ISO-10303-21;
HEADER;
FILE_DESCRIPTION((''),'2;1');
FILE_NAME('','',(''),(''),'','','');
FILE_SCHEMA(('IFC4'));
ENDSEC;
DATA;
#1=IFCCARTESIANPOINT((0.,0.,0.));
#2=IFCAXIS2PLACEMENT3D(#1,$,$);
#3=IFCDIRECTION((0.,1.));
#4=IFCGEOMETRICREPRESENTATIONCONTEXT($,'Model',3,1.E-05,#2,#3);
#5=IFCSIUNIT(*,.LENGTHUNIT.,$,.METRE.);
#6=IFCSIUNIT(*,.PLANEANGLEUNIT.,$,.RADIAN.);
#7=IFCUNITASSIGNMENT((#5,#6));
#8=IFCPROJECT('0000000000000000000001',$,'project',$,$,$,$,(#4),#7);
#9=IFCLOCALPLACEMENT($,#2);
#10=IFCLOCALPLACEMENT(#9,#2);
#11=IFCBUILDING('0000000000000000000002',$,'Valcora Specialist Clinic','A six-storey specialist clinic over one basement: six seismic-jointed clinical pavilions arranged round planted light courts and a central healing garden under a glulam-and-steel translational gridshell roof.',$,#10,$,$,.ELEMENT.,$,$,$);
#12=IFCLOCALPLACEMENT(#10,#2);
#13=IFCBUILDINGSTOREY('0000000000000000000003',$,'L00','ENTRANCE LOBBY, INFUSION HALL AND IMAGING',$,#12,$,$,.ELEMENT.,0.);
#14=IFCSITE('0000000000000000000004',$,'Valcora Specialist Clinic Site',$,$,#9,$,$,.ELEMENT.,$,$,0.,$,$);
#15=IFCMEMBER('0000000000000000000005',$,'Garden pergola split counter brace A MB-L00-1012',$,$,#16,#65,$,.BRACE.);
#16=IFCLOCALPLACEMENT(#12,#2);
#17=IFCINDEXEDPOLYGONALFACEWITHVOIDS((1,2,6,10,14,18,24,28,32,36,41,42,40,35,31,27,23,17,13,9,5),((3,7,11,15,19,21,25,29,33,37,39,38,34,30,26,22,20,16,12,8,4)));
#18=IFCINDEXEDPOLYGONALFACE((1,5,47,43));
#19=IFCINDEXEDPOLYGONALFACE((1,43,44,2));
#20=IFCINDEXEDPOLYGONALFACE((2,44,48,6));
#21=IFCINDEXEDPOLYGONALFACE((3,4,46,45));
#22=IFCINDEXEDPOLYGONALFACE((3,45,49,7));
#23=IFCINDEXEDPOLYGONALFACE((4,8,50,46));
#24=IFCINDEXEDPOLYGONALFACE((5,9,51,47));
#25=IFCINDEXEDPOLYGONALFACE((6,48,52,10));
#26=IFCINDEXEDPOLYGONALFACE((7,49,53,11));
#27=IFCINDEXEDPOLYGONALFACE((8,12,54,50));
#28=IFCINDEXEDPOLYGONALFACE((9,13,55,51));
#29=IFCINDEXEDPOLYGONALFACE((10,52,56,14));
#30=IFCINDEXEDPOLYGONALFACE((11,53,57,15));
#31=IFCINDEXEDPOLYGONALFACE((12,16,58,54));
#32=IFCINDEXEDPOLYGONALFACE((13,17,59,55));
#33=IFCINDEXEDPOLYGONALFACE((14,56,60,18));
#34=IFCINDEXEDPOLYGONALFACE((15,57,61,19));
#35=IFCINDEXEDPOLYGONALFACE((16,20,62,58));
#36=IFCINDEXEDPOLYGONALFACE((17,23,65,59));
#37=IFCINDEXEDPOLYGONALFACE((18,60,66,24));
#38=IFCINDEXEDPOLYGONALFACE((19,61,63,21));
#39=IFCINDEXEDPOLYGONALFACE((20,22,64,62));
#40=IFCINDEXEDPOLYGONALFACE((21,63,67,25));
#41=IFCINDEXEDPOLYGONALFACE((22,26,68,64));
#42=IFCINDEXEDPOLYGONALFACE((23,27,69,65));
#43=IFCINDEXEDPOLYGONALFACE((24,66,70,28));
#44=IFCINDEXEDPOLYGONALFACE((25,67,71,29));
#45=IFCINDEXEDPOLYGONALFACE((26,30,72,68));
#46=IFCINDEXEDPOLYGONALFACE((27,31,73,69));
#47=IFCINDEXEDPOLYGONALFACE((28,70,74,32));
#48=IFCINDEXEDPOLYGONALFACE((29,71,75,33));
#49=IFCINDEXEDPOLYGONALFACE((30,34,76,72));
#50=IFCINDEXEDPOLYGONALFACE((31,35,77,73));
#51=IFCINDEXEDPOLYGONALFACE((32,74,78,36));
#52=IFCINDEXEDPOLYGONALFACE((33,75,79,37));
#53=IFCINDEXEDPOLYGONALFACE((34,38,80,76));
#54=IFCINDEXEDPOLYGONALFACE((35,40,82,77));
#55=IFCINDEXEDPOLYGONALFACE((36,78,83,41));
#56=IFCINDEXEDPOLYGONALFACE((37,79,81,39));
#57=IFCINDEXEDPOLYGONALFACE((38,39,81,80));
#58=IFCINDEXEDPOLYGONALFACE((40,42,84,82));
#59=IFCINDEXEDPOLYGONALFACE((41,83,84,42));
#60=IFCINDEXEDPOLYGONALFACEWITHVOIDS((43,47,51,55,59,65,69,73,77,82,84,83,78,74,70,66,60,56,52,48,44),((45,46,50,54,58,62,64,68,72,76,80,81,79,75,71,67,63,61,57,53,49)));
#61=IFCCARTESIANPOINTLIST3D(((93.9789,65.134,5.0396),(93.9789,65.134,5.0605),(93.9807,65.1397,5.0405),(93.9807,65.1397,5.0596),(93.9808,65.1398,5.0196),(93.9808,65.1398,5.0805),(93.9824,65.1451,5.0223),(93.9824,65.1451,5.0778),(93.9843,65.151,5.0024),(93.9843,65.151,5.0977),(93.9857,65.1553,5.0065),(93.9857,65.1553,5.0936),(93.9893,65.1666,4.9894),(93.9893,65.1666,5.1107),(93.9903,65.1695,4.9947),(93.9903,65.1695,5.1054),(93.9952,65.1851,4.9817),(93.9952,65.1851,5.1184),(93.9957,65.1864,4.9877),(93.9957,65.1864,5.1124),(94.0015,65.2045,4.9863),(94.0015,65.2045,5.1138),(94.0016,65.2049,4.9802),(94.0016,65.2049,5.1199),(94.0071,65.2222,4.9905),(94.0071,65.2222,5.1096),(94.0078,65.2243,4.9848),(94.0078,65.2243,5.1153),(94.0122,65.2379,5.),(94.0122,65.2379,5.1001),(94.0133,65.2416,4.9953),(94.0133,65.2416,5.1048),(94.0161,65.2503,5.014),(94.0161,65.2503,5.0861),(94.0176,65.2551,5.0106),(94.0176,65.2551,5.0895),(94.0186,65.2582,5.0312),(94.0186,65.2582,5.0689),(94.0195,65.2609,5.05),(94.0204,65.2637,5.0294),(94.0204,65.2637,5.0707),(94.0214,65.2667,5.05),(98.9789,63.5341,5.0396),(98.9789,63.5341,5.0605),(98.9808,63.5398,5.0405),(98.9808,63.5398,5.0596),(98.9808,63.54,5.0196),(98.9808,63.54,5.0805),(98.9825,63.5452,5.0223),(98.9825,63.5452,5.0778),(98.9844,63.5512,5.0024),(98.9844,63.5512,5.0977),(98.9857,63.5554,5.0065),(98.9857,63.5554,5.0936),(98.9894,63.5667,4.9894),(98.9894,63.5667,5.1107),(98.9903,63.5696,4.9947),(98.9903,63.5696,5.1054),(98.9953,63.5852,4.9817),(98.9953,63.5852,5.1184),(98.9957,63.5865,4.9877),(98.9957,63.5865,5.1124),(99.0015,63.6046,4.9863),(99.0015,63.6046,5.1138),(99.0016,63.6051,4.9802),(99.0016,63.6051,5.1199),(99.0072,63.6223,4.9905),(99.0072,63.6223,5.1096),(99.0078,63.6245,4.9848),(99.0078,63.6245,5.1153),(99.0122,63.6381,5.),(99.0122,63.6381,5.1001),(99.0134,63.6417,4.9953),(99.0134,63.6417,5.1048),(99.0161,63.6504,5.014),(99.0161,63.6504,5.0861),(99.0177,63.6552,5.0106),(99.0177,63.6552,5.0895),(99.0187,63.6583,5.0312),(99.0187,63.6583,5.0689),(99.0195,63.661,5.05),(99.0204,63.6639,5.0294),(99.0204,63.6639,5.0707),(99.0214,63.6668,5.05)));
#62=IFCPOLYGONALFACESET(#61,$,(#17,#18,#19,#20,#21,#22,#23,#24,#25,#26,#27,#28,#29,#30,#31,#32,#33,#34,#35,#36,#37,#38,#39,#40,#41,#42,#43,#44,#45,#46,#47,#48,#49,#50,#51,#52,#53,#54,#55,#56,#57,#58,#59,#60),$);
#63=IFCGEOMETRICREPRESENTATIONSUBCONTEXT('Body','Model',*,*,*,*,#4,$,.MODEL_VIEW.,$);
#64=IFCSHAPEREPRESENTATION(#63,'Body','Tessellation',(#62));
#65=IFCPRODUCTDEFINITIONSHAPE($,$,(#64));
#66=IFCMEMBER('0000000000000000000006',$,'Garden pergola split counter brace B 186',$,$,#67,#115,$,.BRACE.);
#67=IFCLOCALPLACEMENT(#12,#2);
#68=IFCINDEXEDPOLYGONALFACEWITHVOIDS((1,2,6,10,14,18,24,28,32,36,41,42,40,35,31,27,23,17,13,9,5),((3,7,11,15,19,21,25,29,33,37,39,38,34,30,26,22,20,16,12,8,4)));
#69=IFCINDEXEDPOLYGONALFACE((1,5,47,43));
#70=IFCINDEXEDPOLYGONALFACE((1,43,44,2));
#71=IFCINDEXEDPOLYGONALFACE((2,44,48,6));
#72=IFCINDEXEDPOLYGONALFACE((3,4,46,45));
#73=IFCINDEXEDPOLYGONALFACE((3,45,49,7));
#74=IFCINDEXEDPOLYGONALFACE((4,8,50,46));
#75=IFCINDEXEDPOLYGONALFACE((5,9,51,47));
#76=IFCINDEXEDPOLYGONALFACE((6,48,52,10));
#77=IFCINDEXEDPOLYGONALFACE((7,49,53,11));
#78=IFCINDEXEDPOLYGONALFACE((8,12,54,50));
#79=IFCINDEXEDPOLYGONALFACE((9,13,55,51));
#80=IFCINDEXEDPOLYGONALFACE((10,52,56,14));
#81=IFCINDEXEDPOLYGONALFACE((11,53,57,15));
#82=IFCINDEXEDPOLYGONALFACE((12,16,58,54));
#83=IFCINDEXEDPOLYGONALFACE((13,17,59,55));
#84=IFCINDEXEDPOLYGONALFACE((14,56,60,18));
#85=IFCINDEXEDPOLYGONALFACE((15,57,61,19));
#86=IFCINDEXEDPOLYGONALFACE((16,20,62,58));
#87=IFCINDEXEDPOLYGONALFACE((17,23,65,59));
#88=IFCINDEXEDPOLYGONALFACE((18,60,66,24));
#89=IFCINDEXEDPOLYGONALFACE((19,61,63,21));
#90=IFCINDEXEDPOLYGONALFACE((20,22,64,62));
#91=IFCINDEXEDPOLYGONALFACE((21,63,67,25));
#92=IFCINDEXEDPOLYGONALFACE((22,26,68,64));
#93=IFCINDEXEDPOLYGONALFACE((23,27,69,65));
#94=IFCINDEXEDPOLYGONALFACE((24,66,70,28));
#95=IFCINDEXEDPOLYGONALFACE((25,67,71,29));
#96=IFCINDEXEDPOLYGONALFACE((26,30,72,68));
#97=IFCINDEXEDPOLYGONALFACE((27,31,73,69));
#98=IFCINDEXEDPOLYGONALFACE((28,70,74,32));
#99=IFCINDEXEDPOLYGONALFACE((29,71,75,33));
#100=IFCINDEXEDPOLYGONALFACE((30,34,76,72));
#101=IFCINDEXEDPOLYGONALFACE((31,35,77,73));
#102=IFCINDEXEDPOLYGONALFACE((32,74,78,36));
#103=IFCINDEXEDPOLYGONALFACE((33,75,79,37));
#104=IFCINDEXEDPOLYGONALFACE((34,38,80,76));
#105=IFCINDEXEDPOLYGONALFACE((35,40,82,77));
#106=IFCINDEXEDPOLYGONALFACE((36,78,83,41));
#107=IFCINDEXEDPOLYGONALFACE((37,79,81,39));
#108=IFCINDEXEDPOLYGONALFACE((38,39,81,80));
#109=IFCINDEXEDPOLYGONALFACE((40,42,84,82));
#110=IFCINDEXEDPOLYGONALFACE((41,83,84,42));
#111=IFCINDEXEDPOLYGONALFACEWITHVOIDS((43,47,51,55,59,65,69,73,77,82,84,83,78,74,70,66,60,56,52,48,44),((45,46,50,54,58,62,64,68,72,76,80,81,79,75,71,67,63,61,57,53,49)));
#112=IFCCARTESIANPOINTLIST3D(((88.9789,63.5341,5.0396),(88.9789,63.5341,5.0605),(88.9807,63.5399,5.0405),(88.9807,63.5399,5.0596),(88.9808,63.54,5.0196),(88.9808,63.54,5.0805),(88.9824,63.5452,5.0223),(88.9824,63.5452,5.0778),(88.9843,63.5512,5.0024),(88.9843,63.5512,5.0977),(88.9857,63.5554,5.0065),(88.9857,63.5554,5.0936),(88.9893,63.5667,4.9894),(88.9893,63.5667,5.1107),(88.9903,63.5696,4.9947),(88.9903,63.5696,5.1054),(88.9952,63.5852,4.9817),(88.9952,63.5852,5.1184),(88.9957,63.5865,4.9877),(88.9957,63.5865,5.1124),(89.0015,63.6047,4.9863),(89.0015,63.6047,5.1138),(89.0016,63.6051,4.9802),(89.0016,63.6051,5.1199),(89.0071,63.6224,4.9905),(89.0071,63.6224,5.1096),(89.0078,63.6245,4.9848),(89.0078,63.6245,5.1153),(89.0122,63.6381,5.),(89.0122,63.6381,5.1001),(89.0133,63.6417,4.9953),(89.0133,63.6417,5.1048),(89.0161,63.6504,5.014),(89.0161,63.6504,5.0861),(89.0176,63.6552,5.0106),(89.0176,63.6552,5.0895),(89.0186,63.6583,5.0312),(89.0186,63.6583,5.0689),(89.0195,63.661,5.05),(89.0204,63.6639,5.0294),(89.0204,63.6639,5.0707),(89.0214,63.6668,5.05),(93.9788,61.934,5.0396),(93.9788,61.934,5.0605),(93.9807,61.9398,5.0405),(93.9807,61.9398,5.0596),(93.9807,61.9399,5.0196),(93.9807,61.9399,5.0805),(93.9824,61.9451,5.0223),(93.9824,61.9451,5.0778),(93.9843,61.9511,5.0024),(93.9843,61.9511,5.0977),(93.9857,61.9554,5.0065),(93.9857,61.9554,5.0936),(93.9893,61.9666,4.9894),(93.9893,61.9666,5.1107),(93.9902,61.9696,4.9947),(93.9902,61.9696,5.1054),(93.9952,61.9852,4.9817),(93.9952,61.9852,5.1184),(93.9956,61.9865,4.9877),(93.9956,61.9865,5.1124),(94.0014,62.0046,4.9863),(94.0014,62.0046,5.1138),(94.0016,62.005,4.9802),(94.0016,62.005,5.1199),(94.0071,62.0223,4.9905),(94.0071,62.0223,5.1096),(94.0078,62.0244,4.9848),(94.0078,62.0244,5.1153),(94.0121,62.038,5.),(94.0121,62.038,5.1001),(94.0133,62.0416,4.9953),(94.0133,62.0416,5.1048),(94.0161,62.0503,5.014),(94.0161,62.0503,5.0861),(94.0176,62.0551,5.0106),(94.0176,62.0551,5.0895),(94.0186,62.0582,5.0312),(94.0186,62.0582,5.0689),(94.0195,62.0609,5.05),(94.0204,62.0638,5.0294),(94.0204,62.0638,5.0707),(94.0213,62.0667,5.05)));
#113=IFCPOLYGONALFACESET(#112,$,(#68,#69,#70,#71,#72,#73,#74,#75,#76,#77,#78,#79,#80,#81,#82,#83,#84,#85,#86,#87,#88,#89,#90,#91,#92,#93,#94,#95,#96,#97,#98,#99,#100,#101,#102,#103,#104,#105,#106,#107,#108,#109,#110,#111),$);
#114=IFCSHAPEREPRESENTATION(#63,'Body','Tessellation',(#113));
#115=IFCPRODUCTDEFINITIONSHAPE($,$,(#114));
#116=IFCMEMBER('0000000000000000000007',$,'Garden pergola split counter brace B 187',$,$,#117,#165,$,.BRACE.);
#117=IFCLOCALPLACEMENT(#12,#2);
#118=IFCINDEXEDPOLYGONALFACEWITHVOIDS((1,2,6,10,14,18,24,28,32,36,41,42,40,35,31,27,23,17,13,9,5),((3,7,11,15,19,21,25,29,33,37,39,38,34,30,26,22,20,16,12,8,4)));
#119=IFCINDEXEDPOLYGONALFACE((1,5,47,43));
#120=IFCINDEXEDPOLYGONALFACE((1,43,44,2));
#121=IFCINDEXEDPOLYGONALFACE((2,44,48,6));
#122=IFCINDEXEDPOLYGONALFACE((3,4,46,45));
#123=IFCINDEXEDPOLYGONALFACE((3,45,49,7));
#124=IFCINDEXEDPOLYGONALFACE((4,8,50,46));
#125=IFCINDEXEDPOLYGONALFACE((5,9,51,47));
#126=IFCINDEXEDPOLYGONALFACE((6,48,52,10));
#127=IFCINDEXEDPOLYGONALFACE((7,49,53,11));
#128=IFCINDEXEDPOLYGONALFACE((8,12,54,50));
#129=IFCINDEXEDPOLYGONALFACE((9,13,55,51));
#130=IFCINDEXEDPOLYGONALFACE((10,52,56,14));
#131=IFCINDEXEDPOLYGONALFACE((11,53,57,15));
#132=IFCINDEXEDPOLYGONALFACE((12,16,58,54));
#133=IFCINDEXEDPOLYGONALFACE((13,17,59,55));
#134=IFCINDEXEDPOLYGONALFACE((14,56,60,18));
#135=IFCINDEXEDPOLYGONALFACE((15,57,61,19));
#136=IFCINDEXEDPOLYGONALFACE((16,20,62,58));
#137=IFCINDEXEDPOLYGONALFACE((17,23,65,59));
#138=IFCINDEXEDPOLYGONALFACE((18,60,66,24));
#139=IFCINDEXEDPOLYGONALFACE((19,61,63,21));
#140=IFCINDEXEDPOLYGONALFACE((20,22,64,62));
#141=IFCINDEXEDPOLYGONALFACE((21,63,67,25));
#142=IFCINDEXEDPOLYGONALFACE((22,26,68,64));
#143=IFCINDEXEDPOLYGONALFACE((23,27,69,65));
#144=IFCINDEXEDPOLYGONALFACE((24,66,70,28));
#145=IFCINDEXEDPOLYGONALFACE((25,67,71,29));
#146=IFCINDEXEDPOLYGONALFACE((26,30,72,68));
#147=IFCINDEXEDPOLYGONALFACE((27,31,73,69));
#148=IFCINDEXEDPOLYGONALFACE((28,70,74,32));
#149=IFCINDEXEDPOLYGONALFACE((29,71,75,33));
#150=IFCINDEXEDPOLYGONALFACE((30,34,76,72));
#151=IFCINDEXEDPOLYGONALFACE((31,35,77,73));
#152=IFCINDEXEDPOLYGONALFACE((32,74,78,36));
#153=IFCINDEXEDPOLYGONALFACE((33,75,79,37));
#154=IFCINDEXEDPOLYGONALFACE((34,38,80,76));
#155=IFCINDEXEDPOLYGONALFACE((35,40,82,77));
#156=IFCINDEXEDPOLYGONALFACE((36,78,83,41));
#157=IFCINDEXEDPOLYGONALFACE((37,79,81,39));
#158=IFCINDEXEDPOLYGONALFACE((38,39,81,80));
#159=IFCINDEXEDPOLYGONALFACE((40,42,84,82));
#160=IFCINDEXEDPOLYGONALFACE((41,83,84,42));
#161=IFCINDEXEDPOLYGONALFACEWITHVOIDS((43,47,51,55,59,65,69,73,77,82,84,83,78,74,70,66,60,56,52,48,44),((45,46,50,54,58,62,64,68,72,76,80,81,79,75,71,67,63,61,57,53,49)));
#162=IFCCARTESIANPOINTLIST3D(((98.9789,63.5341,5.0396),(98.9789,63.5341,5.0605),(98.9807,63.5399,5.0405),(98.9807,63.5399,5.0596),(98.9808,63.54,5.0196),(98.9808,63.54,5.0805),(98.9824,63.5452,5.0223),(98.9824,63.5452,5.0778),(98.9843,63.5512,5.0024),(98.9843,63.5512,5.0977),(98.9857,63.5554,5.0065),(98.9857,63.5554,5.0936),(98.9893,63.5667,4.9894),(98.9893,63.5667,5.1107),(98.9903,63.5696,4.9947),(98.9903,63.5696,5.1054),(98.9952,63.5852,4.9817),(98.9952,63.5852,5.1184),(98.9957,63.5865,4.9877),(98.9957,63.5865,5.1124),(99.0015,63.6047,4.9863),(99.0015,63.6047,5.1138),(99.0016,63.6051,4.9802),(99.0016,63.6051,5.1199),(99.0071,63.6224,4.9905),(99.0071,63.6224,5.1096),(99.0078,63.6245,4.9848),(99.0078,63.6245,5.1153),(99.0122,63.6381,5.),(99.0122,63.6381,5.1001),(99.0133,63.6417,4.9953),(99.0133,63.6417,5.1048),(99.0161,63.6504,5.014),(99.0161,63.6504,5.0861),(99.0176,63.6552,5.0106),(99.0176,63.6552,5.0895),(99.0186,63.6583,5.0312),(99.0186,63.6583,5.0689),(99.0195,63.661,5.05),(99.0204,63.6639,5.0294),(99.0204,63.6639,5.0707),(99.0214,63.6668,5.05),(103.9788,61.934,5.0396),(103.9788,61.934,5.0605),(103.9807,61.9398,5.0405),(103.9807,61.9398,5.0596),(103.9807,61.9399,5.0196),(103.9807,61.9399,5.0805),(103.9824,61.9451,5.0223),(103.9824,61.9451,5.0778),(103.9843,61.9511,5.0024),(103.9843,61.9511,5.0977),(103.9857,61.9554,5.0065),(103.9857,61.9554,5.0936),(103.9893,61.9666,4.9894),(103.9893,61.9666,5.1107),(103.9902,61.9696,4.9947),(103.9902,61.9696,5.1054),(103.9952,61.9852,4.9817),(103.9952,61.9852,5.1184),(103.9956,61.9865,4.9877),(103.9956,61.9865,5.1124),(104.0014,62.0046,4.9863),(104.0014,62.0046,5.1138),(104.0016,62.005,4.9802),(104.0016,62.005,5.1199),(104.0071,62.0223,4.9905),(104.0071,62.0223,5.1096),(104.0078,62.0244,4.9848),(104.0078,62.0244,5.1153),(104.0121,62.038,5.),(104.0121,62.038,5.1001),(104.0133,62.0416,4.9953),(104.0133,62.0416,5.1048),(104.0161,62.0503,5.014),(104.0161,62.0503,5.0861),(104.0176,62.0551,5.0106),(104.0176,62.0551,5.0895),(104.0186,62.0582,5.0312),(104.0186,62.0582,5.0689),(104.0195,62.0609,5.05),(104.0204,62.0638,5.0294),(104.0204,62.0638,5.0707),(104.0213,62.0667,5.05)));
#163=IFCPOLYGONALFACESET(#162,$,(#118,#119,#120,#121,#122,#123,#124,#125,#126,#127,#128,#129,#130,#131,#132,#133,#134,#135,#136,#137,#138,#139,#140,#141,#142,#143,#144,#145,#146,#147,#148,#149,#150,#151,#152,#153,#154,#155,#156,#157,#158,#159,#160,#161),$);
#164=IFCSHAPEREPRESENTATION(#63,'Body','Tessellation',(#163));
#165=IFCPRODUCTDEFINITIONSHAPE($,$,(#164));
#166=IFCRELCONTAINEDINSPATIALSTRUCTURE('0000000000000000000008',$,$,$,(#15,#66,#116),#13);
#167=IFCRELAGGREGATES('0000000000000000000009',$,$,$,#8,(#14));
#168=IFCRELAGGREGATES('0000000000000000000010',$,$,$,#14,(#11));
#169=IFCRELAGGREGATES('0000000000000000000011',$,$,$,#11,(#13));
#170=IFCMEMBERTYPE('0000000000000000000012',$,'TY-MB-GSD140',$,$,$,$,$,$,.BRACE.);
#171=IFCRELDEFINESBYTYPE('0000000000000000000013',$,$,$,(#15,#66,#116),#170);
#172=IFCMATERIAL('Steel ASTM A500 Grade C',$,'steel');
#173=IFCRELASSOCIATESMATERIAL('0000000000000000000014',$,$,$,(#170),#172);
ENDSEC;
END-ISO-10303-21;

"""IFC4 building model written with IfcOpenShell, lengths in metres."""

from ifc_helpers import new_model, si_unit, direction, frame, origin, origin_2d, place, context, subcontext, project, spatial, hollow_circle, extrude, material, material_profile, profile_set, type_object, element, save


model = new_model("IFC4")

# Units and contexts
model_context = context("Model", 3, precision=1e-05, world=origin(), true_north=direction((0.0, 1.0)))
body_context = subcontext(model_context, "Body", "Model", "MODEL_VIEW")
ifc_project = project(units=[si_unit("LENGTHUNIT", "METRE"), si_unit("PLANEANGLEUNIT", "RADIAN")], contexts=[model_context])

# Site, building, storey
site_placement = place(None, origin())
site = spatial("IfcSite", under=ifc_project, at=site_placement, Name="Valcora Specialist Clinic Site", CompositionType="ELEMENT", RefElevation=0.0)
building_placement = place(site_placement, origin())
building = spatial("IfcBuilding", under=site, at=building_placement, Name="Valcora Specialist Clinic", Description="A six-storey specialist clinic over one basement: six seismic-jointed clinical pavilions arranged round planted light courts and a central healing garden under a glulam-and-steel translational gridshell roof.", CompositionType="ELEMENT")
storey_placement = place(building_placement, origin())
storey = spatial("IfcBuildingStorey", under=building, at=storey_placement, Name="L00", Description="ENTRANCE LOBBY, INFUSION HALL AND IMAGING", CompositionType="ELEMENT", Elevation=0.0)

# Members
ifc_material_1 = material(Name="Steel ASTM A500 Grade C", Category="steel")
ifc_material_profile_1 = material_profile(ifc_material_1, hollow_circle(Radius=0.0701, WallThickness=0.0061, at=origin_2d()), Name="ST-CHS-140X6")
ifc_profile_set_1 = profile_set([ifc_material_profile_1], Name="Steel ASTM A500 Grade C")
member_type_1 = type_object("IfcMemberType", Name="TY-MB-GSD140", PredefinedType="BRACE", material=ifc_profile_set_1)
for number, where, z_axis, x_axis, name in (
    (1, (94.0, 65.2, 5.05), (0.952432, -0.30475, 0.0), (0.30475, 0.952432, 0.0), "Garden pergola split counter brace A MB-L00-1012"),
    (2, (89.0, 63.6001, 5.05), (0.952419, -0.304793, 0.0), (0.304793, 0.952419, 0.0), "Garden pergola split counter brace B 186"),
    (3, (99.0, 63.6001, 5.05), (0.952419, -0.304793, 0.0), (0.304793, 0.952419, 0.0), "Garden pergola split counter brace B 187"),
):
    element("IfcMember", number, at=place(storey_placement, frame(where, z_axis=z_axis, x_axis=x_axis)), inside=storey, type_object=member_type_1, Name=name, PredefinedType="BRACE", context=body_context, shape_type="SweptSolid", body=[
        extrude(hollow_circle(Radius=0.0701, WallThickness=0.0061, at=origin_2d()), origin(), (0.0, 0.0, 1.0), 5.2498),
    ])

save(model, "model.ifc")
